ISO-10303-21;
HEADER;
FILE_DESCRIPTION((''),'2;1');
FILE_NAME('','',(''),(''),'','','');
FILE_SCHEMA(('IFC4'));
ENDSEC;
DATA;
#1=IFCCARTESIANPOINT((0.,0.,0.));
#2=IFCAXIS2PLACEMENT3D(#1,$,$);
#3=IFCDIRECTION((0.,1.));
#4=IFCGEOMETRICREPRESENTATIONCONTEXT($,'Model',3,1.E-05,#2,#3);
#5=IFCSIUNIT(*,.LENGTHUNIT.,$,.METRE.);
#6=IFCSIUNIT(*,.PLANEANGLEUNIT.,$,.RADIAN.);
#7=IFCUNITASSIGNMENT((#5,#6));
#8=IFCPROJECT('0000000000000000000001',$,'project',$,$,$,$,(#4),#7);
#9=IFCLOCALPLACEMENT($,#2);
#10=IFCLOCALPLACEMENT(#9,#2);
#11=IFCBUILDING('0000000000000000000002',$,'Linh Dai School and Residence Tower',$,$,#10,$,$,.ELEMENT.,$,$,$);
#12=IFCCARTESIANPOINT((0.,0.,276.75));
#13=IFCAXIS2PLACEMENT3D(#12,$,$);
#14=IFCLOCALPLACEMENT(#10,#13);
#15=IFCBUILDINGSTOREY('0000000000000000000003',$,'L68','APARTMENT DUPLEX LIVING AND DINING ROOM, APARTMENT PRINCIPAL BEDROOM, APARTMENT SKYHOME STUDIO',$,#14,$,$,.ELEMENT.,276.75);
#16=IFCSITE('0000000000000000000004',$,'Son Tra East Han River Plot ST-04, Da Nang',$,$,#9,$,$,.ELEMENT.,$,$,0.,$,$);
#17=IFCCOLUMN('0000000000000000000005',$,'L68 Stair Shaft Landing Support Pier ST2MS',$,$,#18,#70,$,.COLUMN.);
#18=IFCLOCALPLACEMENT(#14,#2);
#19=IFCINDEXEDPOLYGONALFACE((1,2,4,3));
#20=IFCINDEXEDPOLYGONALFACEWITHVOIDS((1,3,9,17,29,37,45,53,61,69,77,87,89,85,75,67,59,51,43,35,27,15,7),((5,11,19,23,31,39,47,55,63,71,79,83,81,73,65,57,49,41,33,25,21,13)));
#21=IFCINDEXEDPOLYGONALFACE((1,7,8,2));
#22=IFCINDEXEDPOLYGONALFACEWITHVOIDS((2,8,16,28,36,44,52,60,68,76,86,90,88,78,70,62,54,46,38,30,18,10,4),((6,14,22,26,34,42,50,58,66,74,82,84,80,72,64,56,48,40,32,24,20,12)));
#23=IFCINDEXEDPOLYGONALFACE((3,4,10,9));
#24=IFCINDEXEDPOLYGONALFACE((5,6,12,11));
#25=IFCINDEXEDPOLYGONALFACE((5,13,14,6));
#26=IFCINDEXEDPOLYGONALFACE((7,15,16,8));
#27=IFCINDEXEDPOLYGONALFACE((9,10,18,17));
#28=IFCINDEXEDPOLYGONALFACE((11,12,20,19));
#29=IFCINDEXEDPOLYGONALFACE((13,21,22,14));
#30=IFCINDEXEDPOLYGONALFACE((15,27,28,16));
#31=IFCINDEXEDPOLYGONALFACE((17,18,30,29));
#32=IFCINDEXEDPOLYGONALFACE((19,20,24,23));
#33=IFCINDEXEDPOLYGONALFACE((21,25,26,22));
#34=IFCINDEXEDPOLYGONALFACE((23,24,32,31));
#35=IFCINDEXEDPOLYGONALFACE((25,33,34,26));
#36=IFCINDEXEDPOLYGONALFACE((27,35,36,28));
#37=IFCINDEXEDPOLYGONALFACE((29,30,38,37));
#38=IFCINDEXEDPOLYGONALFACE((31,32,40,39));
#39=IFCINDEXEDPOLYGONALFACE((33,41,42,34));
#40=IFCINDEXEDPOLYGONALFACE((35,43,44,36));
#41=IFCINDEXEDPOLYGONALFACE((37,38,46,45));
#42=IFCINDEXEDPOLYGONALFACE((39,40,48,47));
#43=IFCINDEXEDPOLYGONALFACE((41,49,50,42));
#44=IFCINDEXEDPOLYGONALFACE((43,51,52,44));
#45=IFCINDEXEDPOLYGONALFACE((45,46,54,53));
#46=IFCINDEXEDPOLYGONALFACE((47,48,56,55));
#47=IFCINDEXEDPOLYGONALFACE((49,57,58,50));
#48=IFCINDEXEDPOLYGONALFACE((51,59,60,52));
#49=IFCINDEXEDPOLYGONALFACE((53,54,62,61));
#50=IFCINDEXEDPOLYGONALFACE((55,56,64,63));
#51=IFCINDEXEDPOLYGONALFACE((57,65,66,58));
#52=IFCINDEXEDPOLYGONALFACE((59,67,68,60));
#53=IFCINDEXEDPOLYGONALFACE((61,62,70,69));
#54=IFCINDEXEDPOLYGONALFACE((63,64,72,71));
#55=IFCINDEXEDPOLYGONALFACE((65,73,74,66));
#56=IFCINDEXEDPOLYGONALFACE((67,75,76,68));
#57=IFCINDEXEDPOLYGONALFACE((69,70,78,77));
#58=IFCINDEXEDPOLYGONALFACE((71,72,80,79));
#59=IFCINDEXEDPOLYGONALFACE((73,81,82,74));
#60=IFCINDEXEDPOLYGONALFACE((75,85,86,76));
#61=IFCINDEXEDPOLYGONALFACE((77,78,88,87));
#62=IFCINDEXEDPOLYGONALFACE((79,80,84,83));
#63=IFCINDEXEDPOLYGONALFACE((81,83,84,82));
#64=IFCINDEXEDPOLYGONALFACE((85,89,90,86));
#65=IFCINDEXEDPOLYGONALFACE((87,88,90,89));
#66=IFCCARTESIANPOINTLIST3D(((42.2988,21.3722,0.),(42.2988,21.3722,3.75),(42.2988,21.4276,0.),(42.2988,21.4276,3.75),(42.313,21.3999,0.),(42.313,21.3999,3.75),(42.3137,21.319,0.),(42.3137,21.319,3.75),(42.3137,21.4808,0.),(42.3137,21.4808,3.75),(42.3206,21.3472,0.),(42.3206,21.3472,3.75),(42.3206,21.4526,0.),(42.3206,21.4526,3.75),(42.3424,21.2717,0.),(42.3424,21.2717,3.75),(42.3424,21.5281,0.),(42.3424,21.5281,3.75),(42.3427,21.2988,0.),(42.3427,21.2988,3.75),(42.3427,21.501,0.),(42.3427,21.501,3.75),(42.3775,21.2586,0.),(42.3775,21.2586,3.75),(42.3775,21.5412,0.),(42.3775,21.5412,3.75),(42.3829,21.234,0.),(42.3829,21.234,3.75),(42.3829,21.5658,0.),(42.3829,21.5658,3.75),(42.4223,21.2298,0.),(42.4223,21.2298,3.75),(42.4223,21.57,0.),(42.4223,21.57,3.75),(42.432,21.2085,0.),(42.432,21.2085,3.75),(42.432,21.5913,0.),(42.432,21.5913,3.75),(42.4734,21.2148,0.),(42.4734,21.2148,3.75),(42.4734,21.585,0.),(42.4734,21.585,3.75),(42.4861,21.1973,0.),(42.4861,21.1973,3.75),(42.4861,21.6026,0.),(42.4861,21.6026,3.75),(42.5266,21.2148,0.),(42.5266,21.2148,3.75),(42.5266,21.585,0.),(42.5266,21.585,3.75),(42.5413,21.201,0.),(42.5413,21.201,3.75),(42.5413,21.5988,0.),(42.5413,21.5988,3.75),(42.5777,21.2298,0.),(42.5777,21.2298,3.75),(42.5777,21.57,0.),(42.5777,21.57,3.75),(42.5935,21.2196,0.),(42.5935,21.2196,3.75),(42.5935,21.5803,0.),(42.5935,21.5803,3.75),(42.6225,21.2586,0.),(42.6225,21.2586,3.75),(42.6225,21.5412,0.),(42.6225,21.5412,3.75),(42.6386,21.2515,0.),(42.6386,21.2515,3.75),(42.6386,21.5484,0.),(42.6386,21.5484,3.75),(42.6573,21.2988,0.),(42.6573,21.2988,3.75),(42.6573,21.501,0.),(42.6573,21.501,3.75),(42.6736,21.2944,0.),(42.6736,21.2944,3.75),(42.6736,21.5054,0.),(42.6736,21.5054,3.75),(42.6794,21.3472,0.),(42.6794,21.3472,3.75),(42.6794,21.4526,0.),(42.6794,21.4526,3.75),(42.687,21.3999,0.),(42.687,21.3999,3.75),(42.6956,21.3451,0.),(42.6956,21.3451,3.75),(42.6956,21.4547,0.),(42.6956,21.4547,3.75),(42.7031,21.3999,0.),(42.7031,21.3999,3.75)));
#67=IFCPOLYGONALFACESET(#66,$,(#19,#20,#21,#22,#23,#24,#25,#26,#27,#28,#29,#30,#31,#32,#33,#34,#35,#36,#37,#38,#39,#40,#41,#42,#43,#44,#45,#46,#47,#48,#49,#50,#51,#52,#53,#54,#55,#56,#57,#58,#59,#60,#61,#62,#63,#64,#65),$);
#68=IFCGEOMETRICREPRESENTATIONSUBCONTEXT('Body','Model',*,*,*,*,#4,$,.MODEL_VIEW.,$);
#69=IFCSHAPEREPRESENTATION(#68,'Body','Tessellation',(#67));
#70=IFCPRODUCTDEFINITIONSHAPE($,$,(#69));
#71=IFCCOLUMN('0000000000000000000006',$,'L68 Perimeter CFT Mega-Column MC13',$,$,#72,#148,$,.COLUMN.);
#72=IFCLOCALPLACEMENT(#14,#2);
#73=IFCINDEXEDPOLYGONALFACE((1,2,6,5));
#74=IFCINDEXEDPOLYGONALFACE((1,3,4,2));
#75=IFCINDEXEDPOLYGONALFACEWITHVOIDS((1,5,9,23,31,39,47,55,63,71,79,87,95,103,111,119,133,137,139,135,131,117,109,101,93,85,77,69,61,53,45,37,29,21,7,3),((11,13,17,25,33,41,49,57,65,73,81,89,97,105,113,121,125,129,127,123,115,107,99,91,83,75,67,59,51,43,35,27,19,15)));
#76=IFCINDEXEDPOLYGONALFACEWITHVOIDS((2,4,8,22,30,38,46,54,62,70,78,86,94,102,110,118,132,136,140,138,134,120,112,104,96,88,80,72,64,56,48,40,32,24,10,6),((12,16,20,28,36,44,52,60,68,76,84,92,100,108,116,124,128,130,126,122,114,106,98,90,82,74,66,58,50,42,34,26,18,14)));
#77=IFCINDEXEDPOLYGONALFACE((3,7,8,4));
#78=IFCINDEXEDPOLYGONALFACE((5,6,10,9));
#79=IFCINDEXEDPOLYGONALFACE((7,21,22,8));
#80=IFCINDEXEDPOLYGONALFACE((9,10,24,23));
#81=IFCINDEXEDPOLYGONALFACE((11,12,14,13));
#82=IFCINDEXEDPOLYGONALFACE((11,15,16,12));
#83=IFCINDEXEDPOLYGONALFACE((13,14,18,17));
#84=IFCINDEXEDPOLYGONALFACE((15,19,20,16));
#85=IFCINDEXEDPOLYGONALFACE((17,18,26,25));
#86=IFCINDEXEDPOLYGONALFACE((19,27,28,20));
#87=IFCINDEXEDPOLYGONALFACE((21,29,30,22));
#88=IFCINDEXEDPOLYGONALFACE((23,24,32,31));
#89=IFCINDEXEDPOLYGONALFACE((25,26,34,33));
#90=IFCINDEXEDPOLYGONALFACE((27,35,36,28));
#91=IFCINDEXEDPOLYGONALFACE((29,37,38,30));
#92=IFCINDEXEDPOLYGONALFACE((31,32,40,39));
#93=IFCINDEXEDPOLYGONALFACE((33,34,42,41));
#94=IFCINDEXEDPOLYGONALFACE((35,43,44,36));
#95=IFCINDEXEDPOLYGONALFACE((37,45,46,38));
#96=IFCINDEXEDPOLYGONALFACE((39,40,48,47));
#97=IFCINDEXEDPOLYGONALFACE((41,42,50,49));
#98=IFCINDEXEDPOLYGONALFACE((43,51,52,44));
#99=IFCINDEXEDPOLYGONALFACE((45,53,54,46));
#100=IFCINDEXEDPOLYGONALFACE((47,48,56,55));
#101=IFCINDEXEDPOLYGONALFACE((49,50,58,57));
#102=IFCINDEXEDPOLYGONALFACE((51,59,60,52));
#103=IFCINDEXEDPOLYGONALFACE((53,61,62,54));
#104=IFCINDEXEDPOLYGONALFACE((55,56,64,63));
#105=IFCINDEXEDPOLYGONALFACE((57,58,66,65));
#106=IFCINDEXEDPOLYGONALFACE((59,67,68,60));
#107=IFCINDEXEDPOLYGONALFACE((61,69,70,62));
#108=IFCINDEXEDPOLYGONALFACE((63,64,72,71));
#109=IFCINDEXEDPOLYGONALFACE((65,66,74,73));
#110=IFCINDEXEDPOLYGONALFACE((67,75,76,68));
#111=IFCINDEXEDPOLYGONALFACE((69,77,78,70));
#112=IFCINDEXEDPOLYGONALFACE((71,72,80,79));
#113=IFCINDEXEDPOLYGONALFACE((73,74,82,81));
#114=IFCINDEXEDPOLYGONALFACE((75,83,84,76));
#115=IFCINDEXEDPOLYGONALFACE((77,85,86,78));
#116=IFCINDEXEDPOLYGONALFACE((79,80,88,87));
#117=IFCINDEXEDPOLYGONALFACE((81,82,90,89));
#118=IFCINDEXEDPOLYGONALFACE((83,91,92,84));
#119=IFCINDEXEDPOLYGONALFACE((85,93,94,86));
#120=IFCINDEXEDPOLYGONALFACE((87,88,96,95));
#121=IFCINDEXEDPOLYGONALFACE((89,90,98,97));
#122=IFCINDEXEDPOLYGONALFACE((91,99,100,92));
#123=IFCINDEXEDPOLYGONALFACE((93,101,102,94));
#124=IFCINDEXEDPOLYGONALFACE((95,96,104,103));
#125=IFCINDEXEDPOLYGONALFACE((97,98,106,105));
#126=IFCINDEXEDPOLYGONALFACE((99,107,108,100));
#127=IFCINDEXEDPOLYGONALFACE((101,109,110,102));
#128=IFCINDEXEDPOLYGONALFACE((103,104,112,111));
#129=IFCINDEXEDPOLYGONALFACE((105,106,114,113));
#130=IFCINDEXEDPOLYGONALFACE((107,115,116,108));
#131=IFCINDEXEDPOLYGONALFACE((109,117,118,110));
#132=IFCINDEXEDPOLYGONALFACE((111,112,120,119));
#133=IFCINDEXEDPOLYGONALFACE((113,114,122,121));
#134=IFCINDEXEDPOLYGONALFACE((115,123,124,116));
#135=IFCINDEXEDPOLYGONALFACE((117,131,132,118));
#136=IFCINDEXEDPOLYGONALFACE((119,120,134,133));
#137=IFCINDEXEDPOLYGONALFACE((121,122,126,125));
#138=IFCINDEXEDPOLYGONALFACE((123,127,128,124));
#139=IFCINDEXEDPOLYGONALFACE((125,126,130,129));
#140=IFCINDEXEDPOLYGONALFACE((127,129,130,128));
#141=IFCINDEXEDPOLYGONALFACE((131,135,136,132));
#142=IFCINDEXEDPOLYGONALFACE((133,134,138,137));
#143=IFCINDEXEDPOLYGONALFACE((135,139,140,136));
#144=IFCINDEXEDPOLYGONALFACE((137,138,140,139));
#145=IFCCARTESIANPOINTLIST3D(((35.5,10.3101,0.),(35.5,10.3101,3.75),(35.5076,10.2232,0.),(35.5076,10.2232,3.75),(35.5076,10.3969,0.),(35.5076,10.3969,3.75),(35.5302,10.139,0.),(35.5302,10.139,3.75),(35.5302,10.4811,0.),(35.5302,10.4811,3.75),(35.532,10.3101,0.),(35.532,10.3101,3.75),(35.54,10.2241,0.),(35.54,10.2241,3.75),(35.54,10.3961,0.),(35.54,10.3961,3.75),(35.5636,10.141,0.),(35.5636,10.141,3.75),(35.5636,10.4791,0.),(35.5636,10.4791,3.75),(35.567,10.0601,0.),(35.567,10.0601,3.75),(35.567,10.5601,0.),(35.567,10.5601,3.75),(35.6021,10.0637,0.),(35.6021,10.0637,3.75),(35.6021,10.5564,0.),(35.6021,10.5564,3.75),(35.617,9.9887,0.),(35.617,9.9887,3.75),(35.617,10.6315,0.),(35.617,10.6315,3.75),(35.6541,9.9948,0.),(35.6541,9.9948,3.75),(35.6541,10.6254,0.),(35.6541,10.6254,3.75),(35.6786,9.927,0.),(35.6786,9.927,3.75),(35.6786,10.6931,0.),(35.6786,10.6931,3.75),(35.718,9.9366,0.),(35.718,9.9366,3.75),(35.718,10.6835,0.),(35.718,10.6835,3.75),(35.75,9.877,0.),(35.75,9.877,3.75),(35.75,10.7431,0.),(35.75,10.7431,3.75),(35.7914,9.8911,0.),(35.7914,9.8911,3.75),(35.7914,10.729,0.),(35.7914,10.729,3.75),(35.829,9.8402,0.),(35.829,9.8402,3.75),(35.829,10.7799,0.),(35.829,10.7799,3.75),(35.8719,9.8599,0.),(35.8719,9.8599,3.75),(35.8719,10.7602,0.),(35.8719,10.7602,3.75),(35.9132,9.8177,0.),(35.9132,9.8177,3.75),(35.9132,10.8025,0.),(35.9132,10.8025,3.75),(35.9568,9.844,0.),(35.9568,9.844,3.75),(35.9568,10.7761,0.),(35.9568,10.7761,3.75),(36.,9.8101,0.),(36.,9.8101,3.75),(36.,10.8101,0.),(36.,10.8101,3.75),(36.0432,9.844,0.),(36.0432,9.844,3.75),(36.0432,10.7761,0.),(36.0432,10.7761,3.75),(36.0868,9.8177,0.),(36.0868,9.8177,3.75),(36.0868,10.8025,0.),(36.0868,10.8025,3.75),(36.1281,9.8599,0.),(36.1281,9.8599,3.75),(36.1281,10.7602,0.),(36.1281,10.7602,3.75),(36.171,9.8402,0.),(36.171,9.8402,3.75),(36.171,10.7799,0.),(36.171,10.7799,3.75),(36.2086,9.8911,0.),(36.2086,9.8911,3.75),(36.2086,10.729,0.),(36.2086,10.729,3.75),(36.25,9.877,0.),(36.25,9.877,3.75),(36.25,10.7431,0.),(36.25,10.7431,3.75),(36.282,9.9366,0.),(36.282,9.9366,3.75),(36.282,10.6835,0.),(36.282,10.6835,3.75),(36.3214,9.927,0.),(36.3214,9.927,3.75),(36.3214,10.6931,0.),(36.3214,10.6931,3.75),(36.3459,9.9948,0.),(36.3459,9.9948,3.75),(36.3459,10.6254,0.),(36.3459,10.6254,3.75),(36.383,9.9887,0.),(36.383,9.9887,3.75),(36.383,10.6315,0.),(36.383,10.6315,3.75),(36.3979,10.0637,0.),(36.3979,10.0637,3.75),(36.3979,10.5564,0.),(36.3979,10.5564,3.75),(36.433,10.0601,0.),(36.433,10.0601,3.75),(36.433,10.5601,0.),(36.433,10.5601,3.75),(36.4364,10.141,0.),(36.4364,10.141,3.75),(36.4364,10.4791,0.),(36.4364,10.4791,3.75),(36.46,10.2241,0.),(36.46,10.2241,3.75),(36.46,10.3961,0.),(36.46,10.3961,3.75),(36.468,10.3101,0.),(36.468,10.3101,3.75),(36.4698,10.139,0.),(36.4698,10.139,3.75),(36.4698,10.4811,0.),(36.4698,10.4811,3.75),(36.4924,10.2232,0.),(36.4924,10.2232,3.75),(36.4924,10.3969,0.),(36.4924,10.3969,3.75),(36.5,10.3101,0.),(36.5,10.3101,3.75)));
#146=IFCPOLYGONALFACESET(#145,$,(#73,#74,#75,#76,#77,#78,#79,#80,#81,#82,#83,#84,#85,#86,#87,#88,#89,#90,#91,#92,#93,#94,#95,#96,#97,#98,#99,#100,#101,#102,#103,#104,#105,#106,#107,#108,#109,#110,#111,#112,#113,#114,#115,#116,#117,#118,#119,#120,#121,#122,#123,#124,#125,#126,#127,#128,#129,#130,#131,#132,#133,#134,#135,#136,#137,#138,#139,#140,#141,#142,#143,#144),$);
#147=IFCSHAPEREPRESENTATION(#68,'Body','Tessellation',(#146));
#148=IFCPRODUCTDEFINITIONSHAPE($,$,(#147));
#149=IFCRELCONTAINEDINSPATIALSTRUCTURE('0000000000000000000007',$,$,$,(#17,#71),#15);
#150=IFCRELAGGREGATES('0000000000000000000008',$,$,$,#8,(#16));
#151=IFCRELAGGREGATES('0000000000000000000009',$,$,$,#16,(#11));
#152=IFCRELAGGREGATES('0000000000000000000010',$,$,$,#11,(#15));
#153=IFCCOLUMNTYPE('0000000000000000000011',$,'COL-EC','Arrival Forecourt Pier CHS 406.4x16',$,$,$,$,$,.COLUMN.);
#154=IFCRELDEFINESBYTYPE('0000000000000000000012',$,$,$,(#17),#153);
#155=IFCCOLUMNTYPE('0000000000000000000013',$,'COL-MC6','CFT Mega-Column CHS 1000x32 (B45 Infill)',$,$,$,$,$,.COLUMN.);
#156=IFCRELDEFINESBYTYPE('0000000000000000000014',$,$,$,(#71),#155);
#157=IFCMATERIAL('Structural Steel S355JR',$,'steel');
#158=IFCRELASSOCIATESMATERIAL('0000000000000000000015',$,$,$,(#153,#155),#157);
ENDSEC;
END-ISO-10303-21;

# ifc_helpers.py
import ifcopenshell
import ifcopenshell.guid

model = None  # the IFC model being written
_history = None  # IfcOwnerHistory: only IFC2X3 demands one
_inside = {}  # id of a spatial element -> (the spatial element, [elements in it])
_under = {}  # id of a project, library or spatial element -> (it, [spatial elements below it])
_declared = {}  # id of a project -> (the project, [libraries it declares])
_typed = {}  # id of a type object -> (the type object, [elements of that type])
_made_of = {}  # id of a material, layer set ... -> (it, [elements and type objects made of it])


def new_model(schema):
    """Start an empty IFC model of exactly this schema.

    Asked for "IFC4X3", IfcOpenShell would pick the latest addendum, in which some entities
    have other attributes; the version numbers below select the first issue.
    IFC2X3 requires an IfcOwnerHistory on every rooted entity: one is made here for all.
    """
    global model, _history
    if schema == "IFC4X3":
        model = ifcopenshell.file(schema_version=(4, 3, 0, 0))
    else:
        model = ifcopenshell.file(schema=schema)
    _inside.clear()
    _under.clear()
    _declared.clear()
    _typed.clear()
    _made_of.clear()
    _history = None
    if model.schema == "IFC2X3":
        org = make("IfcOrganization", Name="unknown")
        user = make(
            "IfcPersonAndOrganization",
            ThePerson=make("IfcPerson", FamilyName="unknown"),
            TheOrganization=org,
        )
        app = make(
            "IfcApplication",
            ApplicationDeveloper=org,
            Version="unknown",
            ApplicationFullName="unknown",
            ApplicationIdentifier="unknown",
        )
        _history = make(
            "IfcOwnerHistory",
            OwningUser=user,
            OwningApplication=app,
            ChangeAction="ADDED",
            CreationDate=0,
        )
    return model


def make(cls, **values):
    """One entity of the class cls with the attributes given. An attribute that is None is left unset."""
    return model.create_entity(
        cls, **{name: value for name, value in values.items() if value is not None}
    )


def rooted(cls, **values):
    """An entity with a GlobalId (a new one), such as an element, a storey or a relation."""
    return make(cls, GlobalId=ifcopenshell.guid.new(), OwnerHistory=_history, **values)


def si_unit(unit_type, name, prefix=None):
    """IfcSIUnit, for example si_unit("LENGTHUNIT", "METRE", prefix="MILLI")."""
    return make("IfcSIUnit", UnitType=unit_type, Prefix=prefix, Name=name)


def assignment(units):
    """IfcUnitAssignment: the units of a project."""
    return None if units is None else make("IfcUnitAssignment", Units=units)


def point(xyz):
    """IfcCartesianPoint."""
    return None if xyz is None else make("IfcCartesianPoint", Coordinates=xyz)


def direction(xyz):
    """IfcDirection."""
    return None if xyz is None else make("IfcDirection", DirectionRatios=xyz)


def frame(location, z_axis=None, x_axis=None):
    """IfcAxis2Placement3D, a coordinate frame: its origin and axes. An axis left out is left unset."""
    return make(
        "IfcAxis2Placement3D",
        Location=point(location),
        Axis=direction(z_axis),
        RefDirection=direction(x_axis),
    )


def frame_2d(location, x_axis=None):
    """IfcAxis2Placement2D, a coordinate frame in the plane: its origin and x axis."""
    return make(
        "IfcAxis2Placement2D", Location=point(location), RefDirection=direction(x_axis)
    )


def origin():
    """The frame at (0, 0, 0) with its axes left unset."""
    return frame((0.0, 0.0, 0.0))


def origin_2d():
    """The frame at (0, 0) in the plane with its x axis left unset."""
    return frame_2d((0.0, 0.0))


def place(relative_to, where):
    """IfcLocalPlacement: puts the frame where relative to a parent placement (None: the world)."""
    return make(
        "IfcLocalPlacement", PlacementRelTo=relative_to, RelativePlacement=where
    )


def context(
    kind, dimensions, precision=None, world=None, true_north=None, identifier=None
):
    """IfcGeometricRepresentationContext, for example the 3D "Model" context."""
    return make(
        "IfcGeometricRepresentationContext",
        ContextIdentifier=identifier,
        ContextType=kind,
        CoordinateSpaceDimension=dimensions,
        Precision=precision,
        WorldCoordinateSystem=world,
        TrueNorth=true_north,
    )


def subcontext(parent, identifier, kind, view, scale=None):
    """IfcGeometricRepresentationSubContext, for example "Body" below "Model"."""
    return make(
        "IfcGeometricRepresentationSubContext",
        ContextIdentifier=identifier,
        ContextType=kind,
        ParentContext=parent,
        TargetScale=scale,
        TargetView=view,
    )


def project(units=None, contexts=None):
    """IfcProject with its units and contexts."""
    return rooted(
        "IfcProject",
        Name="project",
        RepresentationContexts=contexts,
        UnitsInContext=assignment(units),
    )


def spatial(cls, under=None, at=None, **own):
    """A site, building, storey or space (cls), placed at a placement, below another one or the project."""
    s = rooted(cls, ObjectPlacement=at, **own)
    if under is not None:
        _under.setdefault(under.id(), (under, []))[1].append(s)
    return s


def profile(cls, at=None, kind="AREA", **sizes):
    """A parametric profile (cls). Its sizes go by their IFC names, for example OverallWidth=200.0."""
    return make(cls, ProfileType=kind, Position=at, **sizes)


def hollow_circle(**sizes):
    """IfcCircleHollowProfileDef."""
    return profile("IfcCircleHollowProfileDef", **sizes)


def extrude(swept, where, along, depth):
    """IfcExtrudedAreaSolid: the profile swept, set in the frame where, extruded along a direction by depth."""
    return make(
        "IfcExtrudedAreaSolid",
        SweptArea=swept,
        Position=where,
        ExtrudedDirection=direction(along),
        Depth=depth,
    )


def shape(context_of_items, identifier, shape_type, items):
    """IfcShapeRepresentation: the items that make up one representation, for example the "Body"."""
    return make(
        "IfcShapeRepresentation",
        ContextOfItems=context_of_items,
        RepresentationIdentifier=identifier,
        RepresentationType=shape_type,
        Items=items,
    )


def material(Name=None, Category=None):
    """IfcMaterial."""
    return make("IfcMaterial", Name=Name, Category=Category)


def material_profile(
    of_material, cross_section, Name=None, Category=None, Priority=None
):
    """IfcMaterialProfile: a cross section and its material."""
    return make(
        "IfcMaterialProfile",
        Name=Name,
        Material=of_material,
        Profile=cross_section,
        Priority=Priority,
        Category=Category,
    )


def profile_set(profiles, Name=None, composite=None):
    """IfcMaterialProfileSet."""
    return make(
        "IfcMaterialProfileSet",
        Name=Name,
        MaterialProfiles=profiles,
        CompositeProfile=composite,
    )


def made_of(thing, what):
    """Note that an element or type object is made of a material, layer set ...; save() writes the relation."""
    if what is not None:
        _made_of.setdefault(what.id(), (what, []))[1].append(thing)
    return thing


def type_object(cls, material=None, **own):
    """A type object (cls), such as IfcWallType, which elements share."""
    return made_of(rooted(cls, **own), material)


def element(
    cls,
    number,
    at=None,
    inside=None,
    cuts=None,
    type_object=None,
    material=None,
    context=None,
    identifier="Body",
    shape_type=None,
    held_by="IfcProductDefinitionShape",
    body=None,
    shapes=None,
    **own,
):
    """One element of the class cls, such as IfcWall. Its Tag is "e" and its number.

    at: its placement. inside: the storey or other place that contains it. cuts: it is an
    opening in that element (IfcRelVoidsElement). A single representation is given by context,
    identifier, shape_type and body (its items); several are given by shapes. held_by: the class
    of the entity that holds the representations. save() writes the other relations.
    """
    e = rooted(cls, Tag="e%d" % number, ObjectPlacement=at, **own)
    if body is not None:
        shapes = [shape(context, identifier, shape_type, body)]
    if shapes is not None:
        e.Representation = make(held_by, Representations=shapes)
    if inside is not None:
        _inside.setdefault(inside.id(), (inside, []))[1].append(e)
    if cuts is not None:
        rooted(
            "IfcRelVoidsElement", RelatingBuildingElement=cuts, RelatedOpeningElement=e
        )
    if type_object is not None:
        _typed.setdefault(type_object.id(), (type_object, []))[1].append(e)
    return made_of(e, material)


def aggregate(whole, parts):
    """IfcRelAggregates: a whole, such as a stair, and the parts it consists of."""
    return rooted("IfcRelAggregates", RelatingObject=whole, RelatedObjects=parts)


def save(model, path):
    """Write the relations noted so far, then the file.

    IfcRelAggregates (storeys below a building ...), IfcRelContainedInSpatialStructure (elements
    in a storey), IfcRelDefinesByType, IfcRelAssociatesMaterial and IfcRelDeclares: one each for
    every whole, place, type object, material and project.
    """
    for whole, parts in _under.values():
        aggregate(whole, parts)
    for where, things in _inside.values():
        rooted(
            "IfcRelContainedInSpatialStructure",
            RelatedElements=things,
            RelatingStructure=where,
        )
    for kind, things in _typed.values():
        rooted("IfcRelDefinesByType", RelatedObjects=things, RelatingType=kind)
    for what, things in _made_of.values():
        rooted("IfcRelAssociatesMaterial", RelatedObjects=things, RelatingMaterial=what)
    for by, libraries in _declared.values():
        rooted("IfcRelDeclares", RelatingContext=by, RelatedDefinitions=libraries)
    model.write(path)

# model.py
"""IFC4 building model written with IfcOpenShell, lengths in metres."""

from ifc_helpers import new_model, si_unit, direction, frame, origin, origin_2d, place, context, subcontext, project, spatial, hollow_circle, extrude, material, material_profile, profile_set, type_object, element, save


model = new_model("IFC4")

# Units and contexts
model_context = context("Model", 3, precision=1e-05, world=origin(), true_north=direction((0.0, 1.0)))
body_context = subcontext(model_context, "Body", "Model", "MODEL_VIEW")
ifc_project = project(units=[si_unit("LENGTHUNIT", "METRE"), si_unit("PLANEANGLEUNIT", "RADIAN")], contexts=[model_context])

# Site, building, storey
site_placement = place(None, origin())
site = spatial("IfcSite", under=ifc_project, at=site_placement, Name="Son Tra East Han River Plot ST-04, Da Nang", CompositionType="ELEMENT", RefElevation=0.0)
building_placement = place(site_placement, origin())
building = spatial("IfcBuilding", under=site, at=building_placement, Name="Linh Dai School and Residence Tower", CompositionType="ELEMENT")
storey_placement = place(building_placement, frame((0.0, 0.0, 276.75)))
storey = spatial("IfcBuildingStorey", under=building, at=storey_placement, Name="L68", Description="APARTMENT DUPLEX LIVING AND DINING ROOM, APARTMENT PRINCIPAL BEDROOM, APARTMENT SKYHOME STUDIO", CompositionType="ELEMENT", Elevation=276.75)

# Columns
ifc_material_1 = material(Name="Structural Steel S355JR", Category="steel")
ifc_material_profile_1 = material_profile(ifc_material_1, hollow_circle(Radius=0.2031, WallThickness=0.0161, at=origin_2d()), Name="CHS 406.4x16")
ifc_profile_set_1 = profile_set([ifc_material_profile_1], Name="Structural Steel S355JR")
column_type_1 = type_object("IfcColumnType", Name="COL-EC", Description="Arrival Forecourt Pier CHS 406.4x16", PredefinedType="COLUMN", material=ifc_profile_set_1)
column_placement = place(storey_placement, frame((42.5, 21.3999, 0.0), z_axis=(0.0, 0.0, 1.0), x_axis=(1.0, 0.0, 0.0)))
element("IfcColumn", 1, at=column_placement, inside=storey, type_object=column_type_1, Name="L68 Stair Shaft Landing Support Pier ST2MS", PredefinedType="COLUMN", context=body_context, shape_type="SweptSolid", body=[
    extrude(hollow_circle(Radius=0.2031, WallThickness=0.0161, at=origin_2d()), origin(), (0.0, 0.0, 1.0), 3.75),
])
ifc_material_profile_2 = material_profile(ifc_material_1, hollow_circle(Radius=0.5, WallThickness=0.032, at=origin_2d()), Name="CHS 1000x32")
ifc_profile_set_2 = profile_set([ifc_material_profile_2], Name="Structural Steel S355JR")
column_type_2 = type_object("IfcColumnType", Name="COL-MC6", Description="CFT Mega-Column CHS 1000x32 (B45 Infill)", PredefinedType="COLUMN", material=ifc_profile_set_2)
for number, where, z_axis, x_axis, name in (
    (2, (36.0, 10.3101, 0.0), (0.0, 0.0, 1.0), (1.0, 0.0, 0.0), "L68 Perimeter CFT Mega-Column MC13"),
):
    element("IfcColumn", number, at=place(storey_placement, frame(where, z_axis=z_axis, x_axis=x_axis)), inside=storey, type_object=column_type_2, Name=name, PredefinedType="COLUMN", context=body_context, shape_type="SweptSolid", body=[
        extrude(hollow_circle(Radius=0.5, WallThickness=0.032, at=origin_2d()), origin(), (0.0, 0.0, 1.0), 3.75),
    ])

save(model, "model.ifc")
